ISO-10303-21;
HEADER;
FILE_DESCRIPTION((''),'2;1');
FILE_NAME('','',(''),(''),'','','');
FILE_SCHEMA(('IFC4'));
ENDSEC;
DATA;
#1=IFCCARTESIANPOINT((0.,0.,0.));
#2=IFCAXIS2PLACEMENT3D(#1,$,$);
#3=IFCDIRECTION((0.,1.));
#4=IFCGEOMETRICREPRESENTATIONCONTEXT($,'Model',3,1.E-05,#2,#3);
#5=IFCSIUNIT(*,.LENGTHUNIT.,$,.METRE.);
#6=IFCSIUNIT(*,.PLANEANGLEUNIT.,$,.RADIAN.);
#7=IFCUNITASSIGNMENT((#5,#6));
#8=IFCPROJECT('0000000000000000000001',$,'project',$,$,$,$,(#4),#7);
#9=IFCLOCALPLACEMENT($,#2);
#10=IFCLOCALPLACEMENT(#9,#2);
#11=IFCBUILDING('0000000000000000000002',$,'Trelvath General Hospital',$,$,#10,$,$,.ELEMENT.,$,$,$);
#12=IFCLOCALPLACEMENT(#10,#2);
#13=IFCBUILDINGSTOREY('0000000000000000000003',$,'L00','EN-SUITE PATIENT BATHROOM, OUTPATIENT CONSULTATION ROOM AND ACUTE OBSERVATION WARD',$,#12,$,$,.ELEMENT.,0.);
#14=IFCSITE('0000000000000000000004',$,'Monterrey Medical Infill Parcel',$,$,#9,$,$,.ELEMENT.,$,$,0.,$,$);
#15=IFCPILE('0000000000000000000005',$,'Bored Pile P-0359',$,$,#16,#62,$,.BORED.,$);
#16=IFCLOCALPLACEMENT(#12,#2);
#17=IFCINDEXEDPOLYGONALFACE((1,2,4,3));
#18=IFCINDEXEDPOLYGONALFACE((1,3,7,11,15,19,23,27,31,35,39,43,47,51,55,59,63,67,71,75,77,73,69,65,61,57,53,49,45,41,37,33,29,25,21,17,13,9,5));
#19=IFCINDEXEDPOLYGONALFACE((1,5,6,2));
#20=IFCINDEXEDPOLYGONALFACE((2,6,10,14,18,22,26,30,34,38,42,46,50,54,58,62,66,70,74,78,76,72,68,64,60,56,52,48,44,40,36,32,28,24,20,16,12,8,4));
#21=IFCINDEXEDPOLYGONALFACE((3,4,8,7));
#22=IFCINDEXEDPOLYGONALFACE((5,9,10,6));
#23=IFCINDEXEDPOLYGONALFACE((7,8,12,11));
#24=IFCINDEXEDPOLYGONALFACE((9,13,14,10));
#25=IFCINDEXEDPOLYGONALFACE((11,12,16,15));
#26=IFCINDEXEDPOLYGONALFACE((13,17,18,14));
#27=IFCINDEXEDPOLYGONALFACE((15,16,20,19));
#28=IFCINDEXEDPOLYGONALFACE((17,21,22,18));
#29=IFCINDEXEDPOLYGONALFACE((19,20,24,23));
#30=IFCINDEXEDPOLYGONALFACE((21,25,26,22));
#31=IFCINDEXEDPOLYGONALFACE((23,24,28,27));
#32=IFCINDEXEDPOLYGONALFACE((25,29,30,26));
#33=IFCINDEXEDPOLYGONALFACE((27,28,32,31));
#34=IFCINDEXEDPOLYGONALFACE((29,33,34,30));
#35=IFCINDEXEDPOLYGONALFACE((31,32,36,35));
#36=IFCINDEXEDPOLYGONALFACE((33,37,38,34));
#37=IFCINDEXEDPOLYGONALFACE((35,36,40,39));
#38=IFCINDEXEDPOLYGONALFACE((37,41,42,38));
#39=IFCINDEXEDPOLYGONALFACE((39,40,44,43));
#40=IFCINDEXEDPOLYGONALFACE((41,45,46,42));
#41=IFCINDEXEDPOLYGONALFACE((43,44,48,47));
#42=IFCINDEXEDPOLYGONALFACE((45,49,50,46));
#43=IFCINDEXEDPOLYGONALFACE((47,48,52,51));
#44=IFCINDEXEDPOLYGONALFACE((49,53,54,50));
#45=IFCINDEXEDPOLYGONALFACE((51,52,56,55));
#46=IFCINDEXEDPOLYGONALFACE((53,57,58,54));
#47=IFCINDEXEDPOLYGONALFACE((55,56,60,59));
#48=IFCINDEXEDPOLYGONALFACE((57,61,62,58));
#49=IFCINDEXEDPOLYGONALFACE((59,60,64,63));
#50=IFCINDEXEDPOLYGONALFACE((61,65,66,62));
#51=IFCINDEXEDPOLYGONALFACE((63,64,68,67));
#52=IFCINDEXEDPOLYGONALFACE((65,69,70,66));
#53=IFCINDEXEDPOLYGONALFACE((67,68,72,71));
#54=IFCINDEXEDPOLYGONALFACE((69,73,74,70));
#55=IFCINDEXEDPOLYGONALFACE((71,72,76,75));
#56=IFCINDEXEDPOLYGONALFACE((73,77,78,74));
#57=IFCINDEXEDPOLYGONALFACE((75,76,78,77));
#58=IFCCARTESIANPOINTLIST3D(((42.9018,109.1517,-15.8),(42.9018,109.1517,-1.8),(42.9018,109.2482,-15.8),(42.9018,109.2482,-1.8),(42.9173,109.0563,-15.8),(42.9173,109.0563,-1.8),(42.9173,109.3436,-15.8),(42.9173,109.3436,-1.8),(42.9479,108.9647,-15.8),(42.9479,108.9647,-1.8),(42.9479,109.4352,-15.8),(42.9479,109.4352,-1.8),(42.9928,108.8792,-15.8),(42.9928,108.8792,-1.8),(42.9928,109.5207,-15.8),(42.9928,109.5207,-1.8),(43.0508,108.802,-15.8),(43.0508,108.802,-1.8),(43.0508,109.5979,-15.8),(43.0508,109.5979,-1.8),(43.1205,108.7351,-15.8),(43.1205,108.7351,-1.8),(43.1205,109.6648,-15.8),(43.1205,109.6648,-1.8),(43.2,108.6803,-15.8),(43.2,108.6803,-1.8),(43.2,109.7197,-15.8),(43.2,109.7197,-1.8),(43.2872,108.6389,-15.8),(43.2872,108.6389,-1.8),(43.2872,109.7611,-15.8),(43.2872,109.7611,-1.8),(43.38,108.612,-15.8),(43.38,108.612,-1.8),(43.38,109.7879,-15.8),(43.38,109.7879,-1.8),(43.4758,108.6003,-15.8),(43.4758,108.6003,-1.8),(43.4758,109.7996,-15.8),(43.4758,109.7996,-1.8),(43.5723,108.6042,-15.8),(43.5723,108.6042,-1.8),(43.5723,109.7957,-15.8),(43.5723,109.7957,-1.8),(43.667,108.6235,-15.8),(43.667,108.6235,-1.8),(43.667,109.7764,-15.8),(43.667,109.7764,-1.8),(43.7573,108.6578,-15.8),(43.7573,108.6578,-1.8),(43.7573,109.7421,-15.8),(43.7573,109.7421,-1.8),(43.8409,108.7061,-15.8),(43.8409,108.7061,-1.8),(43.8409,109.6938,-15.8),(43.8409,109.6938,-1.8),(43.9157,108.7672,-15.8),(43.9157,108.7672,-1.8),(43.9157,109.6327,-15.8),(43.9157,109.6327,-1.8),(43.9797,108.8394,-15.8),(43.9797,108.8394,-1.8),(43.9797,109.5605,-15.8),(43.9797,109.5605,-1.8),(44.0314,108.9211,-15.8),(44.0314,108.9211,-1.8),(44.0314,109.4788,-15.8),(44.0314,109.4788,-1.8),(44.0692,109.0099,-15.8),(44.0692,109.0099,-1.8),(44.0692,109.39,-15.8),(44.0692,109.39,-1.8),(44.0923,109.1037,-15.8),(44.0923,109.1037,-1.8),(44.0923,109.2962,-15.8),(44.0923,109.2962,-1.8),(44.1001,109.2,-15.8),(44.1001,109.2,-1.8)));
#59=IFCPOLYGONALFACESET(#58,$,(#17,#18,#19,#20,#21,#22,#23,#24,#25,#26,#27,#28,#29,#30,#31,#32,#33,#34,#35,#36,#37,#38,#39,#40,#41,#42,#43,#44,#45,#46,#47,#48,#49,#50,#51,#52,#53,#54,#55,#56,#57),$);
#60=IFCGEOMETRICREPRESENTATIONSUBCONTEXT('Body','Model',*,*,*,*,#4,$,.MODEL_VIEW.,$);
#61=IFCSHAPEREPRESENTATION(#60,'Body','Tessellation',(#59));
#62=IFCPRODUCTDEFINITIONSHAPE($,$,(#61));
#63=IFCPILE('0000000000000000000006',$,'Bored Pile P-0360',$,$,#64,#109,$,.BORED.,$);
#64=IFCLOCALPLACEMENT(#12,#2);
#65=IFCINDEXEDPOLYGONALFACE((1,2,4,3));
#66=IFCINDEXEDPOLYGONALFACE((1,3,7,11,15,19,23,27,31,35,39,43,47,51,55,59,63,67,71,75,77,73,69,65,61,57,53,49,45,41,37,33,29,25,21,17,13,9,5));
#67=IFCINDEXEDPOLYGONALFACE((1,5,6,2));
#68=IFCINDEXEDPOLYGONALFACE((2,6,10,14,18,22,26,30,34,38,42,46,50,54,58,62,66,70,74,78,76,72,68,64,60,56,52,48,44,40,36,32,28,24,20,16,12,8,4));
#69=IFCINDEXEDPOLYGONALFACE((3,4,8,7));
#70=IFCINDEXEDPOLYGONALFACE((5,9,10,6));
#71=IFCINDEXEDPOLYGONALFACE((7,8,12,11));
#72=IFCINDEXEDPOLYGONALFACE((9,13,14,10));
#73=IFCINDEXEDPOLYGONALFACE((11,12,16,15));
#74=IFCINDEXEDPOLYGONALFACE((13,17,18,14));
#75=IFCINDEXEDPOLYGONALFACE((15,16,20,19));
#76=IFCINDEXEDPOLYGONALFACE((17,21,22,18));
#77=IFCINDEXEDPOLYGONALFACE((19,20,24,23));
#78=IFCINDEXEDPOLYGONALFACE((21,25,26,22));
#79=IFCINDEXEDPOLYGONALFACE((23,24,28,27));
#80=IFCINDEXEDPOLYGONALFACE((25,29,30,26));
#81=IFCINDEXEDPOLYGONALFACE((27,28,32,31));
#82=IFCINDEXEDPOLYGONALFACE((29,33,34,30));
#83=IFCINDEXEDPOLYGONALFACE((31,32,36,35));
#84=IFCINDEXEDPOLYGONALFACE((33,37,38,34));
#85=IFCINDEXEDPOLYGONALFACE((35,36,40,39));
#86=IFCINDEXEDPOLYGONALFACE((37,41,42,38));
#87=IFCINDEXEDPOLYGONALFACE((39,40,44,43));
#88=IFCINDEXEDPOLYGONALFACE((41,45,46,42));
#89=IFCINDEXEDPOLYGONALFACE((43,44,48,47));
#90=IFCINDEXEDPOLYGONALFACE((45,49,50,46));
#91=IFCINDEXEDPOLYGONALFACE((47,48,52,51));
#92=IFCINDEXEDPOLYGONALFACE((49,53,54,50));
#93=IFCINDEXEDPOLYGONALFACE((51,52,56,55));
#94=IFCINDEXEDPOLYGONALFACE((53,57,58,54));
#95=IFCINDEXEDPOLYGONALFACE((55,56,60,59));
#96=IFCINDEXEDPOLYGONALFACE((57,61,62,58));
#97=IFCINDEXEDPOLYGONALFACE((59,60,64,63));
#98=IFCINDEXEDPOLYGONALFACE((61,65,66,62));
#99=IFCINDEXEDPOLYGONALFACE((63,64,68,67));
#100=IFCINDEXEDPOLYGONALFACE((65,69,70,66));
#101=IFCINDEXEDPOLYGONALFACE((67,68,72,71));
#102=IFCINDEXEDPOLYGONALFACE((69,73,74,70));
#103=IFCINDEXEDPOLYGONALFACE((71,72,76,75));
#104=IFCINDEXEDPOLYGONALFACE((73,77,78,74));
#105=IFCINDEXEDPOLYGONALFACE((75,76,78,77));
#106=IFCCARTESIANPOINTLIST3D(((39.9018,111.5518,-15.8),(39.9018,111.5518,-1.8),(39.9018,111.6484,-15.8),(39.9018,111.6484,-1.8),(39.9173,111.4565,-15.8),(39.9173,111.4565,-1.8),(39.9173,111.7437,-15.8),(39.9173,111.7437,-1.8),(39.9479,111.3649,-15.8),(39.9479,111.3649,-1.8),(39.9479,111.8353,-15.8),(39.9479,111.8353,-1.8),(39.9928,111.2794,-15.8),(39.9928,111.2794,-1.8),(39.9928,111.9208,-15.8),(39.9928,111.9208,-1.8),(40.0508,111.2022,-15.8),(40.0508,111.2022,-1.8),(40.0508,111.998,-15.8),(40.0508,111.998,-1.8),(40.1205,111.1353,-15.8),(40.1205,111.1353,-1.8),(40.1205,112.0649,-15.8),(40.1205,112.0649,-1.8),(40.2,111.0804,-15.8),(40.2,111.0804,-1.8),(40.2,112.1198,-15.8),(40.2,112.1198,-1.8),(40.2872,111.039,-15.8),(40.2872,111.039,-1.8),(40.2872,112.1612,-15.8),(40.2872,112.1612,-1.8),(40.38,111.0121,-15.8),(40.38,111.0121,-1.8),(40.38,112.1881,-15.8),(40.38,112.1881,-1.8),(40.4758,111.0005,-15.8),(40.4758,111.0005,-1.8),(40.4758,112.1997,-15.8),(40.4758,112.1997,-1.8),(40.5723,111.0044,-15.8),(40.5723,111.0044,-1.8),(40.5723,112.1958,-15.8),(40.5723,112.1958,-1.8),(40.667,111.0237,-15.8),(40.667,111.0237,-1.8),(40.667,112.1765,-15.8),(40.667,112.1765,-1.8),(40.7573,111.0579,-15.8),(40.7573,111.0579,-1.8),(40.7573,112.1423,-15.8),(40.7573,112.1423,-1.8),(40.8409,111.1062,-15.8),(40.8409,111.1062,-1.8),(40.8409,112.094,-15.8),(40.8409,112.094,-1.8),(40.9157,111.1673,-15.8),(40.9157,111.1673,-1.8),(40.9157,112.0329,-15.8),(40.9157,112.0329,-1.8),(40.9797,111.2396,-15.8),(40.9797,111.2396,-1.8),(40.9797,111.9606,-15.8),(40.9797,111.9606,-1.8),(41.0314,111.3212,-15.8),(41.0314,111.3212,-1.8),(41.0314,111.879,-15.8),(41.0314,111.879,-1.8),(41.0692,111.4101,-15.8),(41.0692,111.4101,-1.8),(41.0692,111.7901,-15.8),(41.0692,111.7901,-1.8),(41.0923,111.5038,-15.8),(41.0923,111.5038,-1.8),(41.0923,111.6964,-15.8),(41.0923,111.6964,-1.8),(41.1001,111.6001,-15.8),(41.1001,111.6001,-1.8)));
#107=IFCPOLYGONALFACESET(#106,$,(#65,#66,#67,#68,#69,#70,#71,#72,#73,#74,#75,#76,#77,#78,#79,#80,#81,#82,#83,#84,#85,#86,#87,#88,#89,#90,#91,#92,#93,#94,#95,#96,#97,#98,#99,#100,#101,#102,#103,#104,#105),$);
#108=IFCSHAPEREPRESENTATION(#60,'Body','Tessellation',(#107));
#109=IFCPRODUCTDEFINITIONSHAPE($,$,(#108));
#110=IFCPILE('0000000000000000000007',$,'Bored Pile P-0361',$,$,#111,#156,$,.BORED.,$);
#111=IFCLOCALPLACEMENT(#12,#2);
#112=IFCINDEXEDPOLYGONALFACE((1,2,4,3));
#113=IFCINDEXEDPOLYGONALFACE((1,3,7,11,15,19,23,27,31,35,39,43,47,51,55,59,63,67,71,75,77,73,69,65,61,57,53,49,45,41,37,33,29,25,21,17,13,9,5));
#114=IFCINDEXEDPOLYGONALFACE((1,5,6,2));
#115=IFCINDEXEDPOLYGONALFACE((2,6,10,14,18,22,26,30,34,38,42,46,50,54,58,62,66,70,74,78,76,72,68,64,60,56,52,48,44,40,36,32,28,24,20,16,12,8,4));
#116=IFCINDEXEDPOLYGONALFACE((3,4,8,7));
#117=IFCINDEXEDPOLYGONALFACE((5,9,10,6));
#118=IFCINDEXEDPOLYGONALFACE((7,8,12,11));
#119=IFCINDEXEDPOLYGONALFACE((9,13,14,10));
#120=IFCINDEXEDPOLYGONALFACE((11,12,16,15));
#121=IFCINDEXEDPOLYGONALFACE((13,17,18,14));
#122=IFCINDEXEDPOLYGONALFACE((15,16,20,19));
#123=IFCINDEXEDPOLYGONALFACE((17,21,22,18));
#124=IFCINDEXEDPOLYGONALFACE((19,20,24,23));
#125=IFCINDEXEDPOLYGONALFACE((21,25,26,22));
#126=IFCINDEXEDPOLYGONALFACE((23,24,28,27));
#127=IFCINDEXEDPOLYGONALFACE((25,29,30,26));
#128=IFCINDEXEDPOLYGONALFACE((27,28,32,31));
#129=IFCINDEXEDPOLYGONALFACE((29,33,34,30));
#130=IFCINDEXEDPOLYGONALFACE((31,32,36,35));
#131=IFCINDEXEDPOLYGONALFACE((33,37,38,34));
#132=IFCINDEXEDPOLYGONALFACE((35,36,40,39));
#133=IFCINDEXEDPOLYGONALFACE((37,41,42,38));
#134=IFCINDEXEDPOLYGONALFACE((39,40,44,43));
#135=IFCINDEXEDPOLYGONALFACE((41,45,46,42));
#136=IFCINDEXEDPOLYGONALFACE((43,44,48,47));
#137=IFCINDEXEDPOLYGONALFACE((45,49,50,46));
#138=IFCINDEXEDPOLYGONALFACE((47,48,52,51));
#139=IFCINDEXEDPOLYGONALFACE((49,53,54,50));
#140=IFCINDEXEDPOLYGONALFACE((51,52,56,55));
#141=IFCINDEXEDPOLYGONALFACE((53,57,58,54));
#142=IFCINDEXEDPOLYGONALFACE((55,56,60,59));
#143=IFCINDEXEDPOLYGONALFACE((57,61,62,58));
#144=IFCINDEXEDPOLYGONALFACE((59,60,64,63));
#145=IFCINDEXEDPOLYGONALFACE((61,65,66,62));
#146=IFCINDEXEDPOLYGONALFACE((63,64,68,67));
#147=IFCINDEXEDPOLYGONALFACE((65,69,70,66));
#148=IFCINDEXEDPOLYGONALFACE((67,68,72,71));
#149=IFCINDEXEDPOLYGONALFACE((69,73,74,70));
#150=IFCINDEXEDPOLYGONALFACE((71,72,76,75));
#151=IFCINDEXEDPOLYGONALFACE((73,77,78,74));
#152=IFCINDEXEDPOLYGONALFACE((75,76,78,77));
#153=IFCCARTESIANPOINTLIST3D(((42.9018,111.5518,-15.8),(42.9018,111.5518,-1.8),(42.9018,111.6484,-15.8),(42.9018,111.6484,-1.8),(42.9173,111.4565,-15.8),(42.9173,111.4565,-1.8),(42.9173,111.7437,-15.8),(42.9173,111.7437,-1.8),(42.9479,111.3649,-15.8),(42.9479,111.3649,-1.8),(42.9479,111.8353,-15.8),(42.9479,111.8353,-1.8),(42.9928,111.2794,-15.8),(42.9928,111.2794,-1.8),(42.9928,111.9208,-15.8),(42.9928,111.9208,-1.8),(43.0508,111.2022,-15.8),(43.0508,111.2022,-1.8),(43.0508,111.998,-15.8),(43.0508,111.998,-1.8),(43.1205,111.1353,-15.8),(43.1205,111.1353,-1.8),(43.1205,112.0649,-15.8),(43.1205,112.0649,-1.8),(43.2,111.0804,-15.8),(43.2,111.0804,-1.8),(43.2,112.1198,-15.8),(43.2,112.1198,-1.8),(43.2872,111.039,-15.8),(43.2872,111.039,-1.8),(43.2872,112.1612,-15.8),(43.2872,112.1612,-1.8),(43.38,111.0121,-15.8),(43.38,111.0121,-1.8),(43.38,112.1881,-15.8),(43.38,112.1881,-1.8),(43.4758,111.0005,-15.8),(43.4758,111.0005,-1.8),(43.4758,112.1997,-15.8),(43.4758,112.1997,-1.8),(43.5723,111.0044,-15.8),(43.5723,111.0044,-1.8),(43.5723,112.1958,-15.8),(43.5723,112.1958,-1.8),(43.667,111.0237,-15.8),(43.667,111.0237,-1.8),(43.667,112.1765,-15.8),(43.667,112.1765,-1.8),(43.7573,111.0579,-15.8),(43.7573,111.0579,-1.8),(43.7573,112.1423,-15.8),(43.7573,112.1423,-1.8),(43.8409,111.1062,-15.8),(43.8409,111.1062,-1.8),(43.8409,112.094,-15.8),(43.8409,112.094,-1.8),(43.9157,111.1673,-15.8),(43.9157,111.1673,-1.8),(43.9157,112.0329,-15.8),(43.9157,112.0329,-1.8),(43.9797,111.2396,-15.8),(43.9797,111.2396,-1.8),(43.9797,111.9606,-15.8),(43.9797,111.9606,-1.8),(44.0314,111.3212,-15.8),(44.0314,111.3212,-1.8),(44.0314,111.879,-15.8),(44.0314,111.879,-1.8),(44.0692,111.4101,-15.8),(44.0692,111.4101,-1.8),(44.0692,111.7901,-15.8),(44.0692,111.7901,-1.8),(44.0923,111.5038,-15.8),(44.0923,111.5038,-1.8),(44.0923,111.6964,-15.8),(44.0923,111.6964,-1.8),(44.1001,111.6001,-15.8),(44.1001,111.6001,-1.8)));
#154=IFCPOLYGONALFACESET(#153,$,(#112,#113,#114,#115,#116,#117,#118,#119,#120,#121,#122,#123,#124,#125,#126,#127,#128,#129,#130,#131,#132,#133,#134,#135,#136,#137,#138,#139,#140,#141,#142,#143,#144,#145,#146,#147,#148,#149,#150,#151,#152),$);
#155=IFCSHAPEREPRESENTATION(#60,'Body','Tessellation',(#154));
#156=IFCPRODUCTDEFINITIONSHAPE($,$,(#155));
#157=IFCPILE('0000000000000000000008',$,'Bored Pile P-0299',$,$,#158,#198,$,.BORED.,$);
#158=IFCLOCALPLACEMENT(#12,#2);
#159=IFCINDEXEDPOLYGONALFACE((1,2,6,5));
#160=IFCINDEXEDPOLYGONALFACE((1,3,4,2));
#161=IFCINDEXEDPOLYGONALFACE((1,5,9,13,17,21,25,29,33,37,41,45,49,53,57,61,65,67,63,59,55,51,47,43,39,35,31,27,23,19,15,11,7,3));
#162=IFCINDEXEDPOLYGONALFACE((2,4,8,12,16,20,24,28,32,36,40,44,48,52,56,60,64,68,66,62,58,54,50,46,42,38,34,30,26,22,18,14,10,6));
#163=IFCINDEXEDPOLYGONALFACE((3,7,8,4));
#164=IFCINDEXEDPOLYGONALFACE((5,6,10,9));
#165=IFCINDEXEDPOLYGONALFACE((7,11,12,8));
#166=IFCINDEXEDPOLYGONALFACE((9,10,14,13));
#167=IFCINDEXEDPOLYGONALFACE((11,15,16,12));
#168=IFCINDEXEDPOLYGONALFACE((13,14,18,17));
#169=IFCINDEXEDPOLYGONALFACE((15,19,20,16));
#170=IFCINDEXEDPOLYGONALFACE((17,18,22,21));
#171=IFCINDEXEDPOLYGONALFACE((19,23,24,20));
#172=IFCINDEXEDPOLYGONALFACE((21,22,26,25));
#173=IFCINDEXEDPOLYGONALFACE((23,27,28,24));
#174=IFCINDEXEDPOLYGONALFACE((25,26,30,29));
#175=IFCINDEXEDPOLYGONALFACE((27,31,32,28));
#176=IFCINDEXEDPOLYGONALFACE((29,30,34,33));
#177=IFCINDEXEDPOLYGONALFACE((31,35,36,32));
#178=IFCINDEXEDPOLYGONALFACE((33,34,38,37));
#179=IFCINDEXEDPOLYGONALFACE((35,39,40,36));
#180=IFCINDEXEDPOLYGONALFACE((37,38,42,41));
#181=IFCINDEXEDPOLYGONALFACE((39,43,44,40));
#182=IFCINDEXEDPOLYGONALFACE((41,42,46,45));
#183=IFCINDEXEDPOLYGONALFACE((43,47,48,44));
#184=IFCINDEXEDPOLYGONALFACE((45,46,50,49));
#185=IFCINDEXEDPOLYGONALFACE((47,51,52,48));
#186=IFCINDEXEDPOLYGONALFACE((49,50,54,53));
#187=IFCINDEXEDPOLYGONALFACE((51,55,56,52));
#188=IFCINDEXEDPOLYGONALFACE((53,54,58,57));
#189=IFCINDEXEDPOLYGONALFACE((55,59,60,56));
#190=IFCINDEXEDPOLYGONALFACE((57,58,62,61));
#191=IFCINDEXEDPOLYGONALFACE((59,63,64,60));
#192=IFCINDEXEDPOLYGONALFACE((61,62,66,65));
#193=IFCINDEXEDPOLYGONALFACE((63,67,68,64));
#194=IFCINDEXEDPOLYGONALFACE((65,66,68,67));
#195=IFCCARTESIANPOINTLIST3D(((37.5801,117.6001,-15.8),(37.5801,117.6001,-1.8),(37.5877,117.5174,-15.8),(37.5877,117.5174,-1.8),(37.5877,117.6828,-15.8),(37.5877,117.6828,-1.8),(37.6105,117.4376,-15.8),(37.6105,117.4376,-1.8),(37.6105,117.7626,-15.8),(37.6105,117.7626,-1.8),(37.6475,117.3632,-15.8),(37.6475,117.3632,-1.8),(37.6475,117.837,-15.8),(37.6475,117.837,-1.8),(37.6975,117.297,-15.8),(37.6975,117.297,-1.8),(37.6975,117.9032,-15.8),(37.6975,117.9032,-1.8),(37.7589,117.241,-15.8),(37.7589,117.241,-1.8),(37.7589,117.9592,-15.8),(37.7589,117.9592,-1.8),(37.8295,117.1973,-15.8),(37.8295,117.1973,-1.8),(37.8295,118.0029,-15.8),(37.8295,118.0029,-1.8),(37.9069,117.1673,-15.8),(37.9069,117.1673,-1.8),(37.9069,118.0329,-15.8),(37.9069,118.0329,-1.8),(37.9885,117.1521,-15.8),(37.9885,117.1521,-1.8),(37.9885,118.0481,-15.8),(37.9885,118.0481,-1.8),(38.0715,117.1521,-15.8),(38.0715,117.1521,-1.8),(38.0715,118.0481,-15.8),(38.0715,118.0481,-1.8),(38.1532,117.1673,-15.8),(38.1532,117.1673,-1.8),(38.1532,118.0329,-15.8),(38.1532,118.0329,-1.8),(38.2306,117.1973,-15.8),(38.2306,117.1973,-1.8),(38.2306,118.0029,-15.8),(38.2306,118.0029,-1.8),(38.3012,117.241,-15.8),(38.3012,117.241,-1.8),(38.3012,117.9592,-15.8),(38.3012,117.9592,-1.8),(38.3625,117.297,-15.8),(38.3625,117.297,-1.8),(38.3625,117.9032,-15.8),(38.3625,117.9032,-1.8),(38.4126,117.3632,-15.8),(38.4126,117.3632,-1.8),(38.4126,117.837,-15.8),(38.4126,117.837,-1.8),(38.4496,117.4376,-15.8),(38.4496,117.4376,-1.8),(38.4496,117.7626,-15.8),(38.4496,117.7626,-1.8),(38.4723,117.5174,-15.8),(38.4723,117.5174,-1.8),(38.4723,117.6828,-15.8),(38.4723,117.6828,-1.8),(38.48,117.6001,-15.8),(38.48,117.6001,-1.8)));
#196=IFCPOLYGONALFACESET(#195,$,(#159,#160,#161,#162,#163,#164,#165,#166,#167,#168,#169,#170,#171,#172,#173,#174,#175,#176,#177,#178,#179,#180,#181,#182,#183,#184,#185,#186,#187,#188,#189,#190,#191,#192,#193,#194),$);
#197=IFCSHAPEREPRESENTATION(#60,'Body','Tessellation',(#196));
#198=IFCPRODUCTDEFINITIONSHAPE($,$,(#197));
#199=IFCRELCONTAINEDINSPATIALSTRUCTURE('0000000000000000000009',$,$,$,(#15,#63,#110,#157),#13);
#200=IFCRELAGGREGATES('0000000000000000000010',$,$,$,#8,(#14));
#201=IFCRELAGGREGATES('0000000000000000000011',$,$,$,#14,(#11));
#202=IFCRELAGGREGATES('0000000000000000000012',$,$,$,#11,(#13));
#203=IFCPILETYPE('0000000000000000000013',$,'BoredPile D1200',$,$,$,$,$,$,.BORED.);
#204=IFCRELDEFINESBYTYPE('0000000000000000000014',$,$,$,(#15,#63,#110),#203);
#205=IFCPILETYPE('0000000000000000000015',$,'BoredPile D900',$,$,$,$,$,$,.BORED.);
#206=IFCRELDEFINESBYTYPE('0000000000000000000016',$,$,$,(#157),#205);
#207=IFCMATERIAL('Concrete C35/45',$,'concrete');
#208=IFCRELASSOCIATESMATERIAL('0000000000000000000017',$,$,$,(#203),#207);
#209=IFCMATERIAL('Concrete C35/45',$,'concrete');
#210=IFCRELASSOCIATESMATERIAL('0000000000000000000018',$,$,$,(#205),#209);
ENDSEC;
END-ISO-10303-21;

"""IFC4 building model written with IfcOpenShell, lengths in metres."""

from ifc_helpers import new_model, si_unit, direction, frame, origin, origin_2d, place, context, subcontext, project, spatial, circle, extrude, material, material_profile, profile_set, type_object, element, save


model = new_model("IFC4")

# Units and contexts
model_context = context("Model", 3, precision=1e-05, world=origin(), true_north=direction((0.0, 1.0)))
body_context = subcontext(model_context, "Body", "Model", "MODEL_VIEW")
ifc_project = project(units=[si_unit("LENGTHUNIT", "METRE"), si_unit("PLANEANGLEUNIT", "RADIAN")], contexts=[model_context])

# Site, building, storey
site_placement = place(None, origin())
site = spatial("IfcSite", under=ifc_project, at=site_placement, Name="Monterrey Medical Infill Parcel", CompositionType="ELEMENT", RefElevation=0.0)
building_placement = place(site_placement, origin())
building = spatial("IfcBuilding", under=site, at=building_placement, Name="Trelvath General Hospital", CompositionType="ELEMENT")
storey_placement = place(building_placement, origin())
storey = spatial("IfcBuildingStorey", under=building, at=storey_placement, Name="L00", Description="EN-SUITE PATIENT BATHROOM, OUTPATIENT CONSULTATION ROOM AND ACUTE OBSERVATION WARD", CompositionType="ELEMENT", Elevation=0.0)

# Piles
ifc_material_1 = material(Name="Concrete C35/45", Category="concrete")
ifc_material_profile_1 = material_profile(ifc_material_1, circle(Radius=0.6001, at=origin_2d()), Name="PILE1200")
ifc_profile_set_1 = profile_set([ifc_material_profile_1], Name="Concrete C35/45")
pile_type_1 = type_object("IfcPileType", Name="BoredPile D1200", PredefinedType="BORED", material=ifc_profile_set_1)
for number, where, z_axis, x_axis, name in (
    (1, (43.5, 109.2, -1.8), (0.0, 0.0, -1.0), (1.0, 0.0, 0.0), "Bored Pile P-0359"),
    (2, (40.5, 111.6001, -1.8), (0.0, 0.0, -1.0), (1.0, 0.0, 0.0), "Bored Pile P-0360"),
    (3, (43.5, 111.6001, -1.8), (0.0, 0.0, -1.0), (1.0, 0.0, 0.0), "Bored Pile P-0361"),
):
    element("IfcPile", number, at=place(storey_placement, frame(where, z_axis=z_axis, x_axis=x_axis)), inside=storey, type_object=pile_type_1, Name=name, PredefinedType="BORED", context=body_context, shape_type="SweptSolid", body=[
        extrude(circle(Radius=0.6001, at=origin_2d()), origin(), (0.0, 0.0, 1.0), 14.0),
    ])
ifc_material_2 = material(Name="Concrete C35/45", Category="concrete")
ifc_material_profile_2 = material_profile(ifc_material_2, circle(Radius=0.45, at=origin_2d()), Name="PILE900")
ifc_profile_set_2 = profile_set([ifc_material_profile_2], Name="Concrete C35/45")
pile_type_2 = type_object("IfcPileType", Name="BoredPile D900", PredefinedType="BORED", material=ifc_profile_set_2)
pile_placement = place(storey_placement, frame((38.03, 117.6001, -1.8), z_axis=(0.0, 0.0, -1.0), x_axis=(1.0, 0.0, 0.0)))
element("IfcPile", 4, at=pile_placement, inside=storey, type_object=pile_type_2, Name="Bored Pile P-0299", PredefinedType="BORED", context=body_context, shape_type="SweptSolid", body=[
    extrude(circle(Radius=0.45, at=origin_2d()), origin(), (0.0, 0.0, 1.0), 14.0),
])

save(model, "model.ifc")
